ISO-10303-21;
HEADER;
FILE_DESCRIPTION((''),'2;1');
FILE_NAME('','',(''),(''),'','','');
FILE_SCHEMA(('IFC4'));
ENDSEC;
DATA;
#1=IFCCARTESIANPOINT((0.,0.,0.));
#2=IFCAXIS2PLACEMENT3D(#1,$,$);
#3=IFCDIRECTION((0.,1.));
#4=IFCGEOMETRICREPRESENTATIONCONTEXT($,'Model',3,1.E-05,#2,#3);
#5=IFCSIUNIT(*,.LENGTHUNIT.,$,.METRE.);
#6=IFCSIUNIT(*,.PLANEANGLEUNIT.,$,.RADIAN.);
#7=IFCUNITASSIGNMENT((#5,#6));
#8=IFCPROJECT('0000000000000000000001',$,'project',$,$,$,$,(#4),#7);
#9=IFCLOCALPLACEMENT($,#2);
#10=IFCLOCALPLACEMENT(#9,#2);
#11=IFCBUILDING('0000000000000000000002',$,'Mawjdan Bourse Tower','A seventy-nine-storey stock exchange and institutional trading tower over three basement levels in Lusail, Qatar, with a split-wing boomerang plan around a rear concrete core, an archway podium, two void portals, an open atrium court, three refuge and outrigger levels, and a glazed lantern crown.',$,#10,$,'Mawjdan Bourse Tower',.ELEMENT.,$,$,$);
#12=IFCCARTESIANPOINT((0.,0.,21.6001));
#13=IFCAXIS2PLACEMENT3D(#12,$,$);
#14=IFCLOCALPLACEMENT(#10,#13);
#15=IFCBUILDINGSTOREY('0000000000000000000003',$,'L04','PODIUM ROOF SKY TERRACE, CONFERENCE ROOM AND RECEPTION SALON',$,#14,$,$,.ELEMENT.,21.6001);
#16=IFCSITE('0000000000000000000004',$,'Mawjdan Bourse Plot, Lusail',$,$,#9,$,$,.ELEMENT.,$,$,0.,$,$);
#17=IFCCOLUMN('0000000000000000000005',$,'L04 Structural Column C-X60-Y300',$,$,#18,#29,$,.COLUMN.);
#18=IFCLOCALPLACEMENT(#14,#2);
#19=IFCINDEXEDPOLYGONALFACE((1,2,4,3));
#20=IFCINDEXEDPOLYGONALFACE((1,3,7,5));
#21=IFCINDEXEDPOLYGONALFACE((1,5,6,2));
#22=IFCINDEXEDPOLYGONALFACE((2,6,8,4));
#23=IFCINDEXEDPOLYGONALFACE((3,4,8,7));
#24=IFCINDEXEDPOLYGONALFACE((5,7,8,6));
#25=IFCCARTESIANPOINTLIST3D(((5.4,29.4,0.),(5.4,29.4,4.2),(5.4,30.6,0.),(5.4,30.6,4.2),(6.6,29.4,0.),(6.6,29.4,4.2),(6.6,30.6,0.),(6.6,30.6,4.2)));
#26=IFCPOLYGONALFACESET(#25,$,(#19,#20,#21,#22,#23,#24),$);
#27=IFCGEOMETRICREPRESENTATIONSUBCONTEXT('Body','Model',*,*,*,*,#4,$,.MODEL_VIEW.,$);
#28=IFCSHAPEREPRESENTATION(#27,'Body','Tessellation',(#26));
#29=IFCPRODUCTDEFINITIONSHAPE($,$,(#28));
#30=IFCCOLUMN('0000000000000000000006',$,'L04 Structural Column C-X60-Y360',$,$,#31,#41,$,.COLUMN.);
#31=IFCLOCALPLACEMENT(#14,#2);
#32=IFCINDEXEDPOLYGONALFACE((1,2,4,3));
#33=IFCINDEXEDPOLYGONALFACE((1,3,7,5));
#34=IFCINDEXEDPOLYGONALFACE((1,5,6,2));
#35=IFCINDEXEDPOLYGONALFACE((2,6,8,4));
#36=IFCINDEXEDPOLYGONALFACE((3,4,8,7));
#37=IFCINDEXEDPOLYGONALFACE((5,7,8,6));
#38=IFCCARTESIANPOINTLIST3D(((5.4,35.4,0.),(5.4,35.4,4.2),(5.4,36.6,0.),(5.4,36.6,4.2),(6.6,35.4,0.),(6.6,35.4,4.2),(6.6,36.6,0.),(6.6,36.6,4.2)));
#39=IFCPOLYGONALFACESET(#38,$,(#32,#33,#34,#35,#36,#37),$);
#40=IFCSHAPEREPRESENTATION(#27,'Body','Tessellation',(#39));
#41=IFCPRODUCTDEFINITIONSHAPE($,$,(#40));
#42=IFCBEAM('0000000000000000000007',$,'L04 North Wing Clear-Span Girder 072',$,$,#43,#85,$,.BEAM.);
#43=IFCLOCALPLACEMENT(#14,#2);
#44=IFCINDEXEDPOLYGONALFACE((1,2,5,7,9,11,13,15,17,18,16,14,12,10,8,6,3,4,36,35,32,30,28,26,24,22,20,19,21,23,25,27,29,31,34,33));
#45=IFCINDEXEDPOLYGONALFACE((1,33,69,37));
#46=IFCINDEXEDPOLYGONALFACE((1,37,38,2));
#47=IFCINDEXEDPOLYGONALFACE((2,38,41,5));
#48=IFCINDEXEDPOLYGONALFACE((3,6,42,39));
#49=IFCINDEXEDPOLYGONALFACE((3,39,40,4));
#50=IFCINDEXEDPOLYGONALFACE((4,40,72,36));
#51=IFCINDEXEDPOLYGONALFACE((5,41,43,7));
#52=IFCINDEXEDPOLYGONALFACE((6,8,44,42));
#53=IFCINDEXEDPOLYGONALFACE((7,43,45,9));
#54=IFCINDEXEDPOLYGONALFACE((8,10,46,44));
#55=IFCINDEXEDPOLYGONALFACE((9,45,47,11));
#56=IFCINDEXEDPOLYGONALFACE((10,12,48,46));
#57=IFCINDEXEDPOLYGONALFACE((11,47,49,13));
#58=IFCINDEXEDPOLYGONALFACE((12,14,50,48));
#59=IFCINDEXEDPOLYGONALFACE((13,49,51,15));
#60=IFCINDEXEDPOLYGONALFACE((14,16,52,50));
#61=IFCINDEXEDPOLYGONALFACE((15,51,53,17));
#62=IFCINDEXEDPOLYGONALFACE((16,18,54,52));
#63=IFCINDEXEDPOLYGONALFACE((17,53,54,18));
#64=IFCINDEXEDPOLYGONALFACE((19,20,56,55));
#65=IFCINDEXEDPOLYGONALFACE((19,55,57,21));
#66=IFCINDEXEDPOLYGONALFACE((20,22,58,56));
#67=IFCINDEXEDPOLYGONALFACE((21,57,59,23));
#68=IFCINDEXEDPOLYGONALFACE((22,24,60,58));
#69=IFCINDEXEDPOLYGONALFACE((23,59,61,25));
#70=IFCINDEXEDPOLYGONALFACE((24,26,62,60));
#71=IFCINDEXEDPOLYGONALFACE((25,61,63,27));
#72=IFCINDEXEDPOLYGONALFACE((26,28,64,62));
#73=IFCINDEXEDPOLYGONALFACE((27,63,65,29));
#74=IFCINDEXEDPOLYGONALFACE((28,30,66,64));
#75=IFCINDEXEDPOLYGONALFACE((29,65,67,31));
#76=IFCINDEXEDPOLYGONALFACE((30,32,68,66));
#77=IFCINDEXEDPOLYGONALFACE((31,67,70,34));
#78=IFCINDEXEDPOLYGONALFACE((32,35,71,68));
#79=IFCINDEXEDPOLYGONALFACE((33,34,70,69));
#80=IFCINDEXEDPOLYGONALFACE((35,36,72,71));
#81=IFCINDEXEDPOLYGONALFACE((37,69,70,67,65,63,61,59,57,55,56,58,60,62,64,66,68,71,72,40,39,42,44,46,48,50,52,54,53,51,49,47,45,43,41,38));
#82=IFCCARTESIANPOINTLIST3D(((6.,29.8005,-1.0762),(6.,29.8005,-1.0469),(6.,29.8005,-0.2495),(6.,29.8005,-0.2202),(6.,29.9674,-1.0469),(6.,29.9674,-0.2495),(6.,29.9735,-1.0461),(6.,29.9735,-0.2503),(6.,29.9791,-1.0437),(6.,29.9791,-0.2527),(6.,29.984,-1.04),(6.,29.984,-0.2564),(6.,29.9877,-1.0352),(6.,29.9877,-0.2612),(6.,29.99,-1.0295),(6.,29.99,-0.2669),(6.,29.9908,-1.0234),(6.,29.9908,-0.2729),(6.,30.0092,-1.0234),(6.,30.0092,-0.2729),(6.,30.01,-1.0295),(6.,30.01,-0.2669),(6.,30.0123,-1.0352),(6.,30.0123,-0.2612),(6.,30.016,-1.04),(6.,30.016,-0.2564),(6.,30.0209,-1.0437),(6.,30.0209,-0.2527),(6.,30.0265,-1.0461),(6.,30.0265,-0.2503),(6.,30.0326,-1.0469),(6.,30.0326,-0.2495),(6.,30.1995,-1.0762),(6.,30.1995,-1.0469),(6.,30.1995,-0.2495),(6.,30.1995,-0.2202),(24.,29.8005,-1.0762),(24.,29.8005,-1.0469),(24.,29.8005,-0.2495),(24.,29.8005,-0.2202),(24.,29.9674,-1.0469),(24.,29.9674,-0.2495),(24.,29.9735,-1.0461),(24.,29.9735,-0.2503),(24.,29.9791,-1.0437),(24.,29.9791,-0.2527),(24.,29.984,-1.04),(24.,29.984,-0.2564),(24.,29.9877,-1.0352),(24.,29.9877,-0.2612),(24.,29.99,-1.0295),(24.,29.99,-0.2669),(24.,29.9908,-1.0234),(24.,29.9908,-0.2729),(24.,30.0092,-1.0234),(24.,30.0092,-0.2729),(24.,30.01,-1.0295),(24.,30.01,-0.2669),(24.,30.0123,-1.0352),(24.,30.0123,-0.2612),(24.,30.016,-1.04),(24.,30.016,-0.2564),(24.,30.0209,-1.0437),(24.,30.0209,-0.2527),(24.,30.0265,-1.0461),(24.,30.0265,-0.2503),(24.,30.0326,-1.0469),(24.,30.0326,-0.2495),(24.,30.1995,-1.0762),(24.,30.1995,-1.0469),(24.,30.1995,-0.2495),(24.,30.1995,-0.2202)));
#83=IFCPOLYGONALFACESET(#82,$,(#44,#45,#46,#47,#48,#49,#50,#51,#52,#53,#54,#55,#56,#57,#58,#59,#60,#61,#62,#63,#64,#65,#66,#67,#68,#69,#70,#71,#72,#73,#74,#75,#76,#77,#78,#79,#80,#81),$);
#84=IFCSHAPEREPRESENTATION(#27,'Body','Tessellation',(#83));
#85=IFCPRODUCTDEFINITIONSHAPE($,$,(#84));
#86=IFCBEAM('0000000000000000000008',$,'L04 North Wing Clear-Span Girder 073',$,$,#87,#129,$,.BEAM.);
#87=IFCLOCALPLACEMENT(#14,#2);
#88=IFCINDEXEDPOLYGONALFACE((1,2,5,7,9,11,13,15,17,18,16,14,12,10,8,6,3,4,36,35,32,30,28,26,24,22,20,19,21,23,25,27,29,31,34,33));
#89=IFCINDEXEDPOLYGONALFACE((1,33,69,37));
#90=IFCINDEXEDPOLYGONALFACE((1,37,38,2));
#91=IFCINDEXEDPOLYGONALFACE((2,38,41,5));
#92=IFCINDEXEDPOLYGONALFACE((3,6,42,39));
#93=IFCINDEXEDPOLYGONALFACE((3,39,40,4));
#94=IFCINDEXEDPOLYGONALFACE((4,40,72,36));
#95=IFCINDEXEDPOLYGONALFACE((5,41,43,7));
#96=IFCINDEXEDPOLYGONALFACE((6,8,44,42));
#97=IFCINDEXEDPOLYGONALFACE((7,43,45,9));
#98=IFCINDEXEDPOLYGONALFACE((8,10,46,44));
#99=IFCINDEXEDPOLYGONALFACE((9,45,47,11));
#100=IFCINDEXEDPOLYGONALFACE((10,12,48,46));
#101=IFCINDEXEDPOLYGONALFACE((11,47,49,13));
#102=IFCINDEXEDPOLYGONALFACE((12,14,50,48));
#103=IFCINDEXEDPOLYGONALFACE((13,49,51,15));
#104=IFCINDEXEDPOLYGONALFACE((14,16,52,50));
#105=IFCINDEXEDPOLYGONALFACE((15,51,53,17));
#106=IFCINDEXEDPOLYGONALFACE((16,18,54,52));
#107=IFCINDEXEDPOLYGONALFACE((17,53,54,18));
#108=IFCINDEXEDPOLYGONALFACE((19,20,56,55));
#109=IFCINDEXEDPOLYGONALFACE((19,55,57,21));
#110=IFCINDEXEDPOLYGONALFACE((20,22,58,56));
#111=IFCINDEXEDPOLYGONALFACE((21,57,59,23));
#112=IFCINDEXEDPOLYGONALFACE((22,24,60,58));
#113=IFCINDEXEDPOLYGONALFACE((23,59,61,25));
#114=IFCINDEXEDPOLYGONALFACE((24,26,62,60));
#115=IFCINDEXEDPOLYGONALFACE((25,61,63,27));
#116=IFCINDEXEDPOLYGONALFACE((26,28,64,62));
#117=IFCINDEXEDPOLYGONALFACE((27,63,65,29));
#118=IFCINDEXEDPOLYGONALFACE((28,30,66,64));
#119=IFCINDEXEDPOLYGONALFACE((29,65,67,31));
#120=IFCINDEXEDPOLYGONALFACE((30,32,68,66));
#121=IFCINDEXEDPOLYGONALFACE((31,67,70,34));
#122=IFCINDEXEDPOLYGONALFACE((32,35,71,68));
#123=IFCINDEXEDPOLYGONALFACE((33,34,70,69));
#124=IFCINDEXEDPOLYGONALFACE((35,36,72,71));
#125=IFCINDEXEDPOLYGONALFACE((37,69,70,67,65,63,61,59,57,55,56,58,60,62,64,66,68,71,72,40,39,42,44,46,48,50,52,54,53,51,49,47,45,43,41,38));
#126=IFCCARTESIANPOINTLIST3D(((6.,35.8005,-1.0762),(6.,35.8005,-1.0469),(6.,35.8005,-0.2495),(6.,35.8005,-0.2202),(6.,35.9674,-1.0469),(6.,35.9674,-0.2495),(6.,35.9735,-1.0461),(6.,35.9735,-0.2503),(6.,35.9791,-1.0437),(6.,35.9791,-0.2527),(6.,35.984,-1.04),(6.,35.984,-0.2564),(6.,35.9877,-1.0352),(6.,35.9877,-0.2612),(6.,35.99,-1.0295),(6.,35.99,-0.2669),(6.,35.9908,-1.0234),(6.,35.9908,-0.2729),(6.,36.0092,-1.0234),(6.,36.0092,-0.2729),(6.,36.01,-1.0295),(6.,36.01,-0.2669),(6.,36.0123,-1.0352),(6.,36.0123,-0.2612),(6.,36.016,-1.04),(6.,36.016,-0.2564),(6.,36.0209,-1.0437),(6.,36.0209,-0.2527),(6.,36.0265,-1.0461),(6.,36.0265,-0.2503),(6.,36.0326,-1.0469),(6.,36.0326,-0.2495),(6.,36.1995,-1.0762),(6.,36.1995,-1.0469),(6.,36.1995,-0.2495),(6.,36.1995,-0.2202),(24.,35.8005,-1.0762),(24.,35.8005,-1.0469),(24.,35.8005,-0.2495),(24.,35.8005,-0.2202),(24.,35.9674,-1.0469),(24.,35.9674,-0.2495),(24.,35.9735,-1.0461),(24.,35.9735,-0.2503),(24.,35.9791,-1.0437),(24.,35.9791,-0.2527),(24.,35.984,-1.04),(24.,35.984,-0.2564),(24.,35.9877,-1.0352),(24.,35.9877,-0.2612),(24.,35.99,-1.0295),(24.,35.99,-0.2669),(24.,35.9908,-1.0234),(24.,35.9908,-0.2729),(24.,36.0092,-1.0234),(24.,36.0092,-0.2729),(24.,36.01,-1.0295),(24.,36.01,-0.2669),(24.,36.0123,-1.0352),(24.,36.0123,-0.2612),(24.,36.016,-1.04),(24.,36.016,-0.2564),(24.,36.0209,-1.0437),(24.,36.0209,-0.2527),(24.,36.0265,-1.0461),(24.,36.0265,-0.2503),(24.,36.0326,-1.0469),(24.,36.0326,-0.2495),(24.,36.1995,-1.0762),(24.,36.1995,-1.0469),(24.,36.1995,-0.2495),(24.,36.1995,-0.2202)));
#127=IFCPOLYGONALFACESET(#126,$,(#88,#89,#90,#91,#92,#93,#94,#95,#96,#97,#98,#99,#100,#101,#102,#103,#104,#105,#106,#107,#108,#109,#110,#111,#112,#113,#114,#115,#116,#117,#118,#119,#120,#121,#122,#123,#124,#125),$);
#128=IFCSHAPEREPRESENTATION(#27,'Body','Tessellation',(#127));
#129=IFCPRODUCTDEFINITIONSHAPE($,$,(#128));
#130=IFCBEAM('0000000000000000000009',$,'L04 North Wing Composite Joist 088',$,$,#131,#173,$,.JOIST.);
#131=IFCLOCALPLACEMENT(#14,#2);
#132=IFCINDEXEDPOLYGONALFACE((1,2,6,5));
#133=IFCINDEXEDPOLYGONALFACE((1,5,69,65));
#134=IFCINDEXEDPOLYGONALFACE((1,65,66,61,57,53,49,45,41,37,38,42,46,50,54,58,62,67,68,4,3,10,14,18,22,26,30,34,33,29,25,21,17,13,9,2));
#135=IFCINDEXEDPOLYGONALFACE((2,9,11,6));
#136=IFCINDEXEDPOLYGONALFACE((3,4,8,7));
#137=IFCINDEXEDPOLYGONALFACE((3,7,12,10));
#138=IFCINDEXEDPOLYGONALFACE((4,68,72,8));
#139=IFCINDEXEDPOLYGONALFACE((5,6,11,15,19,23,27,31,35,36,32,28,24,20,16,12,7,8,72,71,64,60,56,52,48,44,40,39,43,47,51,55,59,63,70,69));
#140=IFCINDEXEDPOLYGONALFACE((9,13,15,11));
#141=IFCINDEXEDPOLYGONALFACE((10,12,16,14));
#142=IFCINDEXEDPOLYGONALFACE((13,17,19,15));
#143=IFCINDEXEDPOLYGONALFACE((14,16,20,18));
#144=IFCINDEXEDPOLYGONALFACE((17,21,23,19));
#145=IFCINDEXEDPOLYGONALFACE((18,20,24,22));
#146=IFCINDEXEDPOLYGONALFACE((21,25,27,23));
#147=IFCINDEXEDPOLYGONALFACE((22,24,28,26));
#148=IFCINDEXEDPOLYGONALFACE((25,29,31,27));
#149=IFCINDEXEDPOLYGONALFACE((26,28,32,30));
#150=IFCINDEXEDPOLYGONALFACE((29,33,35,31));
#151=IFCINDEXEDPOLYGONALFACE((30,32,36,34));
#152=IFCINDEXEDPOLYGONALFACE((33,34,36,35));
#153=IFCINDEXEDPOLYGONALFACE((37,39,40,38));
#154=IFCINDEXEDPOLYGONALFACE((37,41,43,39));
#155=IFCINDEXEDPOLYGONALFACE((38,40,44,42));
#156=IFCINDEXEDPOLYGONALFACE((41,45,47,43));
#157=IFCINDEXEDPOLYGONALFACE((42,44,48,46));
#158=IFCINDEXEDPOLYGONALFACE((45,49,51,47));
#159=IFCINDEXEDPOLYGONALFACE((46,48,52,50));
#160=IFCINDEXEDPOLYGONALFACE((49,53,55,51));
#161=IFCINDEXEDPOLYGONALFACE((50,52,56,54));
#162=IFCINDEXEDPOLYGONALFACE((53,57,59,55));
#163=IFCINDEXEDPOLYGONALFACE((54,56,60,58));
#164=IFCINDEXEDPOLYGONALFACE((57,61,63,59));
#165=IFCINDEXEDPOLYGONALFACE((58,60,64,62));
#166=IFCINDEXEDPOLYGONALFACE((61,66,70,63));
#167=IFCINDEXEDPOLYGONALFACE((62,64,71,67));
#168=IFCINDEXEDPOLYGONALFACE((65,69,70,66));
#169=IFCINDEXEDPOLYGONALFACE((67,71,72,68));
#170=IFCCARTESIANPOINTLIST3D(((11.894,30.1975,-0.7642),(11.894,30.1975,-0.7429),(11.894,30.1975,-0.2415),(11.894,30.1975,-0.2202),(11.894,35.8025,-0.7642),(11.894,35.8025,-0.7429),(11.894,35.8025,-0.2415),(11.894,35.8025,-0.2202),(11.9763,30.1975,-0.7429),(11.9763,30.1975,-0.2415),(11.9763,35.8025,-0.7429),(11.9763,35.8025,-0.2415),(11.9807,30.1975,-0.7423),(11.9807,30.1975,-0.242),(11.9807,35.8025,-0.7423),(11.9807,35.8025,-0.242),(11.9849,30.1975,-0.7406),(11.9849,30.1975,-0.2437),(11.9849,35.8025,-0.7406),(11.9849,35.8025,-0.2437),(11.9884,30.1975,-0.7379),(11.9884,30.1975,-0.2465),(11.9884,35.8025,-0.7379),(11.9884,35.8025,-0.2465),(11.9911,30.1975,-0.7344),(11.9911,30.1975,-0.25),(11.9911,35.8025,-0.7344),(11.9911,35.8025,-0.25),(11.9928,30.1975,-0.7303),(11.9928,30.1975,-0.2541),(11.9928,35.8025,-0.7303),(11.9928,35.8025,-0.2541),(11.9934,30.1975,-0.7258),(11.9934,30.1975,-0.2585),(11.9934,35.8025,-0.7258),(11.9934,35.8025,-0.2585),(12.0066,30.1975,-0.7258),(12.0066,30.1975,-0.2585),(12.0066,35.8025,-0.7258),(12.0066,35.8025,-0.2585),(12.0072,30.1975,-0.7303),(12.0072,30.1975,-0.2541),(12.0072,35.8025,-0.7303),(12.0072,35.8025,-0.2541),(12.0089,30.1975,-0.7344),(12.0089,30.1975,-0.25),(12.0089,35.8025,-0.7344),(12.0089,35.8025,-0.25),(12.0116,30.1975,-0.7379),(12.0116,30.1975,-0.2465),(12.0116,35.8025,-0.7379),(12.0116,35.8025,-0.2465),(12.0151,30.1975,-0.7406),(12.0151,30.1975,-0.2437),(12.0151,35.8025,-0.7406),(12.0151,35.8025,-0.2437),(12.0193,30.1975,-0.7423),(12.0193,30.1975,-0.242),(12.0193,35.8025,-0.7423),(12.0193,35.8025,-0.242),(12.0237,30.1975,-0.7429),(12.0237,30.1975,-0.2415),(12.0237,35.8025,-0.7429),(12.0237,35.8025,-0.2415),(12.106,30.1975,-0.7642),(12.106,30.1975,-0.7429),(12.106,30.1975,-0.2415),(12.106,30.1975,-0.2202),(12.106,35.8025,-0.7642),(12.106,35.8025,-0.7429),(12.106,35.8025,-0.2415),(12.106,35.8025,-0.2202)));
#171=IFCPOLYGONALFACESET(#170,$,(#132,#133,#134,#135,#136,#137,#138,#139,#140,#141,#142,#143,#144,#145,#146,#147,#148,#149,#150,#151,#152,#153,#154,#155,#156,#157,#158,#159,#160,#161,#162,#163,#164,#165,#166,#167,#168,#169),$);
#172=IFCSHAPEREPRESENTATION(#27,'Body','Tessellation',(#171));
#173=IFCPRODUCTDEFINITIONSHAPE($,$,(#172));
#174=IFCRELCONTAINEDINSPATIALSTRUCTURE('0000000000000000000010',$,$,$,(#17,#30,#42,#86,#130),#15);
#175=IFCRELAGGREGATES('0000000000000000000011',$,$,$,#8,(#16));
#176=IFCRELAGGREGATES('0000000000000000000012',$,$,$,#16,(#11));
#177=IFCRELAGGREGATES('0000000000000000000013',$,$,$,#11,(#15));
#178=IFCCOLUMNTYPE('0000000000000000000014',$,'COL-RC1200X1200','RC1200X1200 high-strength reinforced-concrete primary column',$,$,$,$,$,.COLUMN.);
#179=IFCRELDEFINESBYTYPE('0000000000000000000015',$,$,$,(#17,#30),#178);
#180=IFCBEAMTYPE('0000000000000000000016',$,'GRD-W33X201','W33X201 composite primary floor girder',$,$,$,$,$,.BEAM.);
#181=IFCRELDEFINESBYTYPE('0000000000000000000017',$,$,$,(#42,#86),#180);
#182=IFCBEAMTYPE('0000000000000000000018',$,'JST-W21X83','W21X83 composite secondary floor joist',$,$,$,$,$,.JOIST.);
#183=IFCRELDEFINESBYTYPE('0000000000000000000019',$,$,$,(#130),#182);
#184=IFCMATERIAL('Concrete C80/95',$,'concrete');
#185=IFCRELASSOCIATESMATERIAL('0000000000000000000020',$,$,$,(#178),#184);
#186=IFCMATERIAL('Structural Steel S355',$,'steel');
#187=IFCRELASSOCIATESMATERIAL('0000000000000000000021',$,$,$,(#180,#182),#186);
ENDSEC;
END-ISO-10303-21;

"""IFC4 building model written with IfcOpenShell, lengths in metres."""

from ifc_helpers import new_model, si_unit, direction, frame, origin, origin_2d, place, context, subcontext, project, spatial, rectangle, i_section, extrude, material, material_profile, profile_set, type_object, element, save


model = new_model("IFC4")

# Units and contexts
model_context = context("Model", 3, precision=1e-05, world=origin(), true_north=direction((0.0, 1.0)))
body_context = subcontext(model_context, "Body", "Model", "MODEL_VIEW")
ifc_project = project(units=[si_unit("LENGTHUNIT", "METRE"), si_unit("PLANEANGLEUNIT", "RADIAN")], contexts=[model_context])

# Site, building, storey
site_placement = place(None, origin())
site = spatial("IfcSite", under=ifc_project, at=site_placement, Name="Mawjdan Bourse Plot, Lusail", CompositionType="ELEMENT", RefElevation=0.0)
building_placement = place(site_placement, origin())
building = spatial("IfcBuilding", under=site, at=building_placement, Name="Mawjdan Bourse Tower", Description="A seventy-nine-storey stock exchange and institutional trading tower over three basement levels in Lusail, Qatar, with a split-wing boomerang plan around a rear concrete core, an archway podium, two void portals, an open atrium court, three refuge and outrigger levels, and a glazed lantern crown.", LongName="Mawjdan Bourse Tower", CompositionType="ELEMENT")
storey_placement = place(building_placement, frame((0.0, 0.0, 21.6001)))
storey = spatial("IfcBuildingStorey", under=building, at=storey_placement, Name="L04", Description="PODIUM ROOF SKY TERRACE, CONFERENCE ROOM AND RECEPTION SALON", CompositionType="ELEMENT", Elevation=21.6001)

# Columns
ifc_material_1 = material(Name="Concrete C80/95", Category="concrete")
ifc_material_profile_1 = material_profile(ifc_material_1, rectangle(XDim=1.2, YDim=1.2, at=origin_2d()), Name="RC1200X1200")
ifc_profile_set_1 = profile_set([ifc_material_profile_1], Name="Concrete C80/95")
column_type = type_object("IfcColumnType", Name="COL-RC1200X1200", Description="RC1200X1200 high-strength reinforced-concrete primary column", PredefinedType="COLUMN", material=ifc_profile_set_1)
for number, where, z_axis, x_axis, name in (
    (1, (6.0, 30.0, 0.0), (0.0, 0.0, 1.0), (1.0, 0.0, 0.0), "L04 Structural Column C-X60-Y300"),
    (2, (6.0, 36.0, 0.0), (0.0, 0.0, 1.0), (1.0, 0.0, 0.0), "L04 Structural Column C-X60-Y360"),
):
    element("IfcColumn", number, at=place(storey_placement, frame(where, z_axis=z_axis, x_axis=x_axis)), inside=storey, type_object=column_type, Name=name, PredefinedType="COLUMN", context=body_context, shape_type="SweptSolid", body=[
        extrude(rectangle(XDim=1.2, YDim=1.2, at=origin_2d()), origin(), (0.0, 0.0, 1.0), 4.2),
    ])

# Beams
ifc_material_2 = material(Name="Structural Steel S355", Category="steel")
ifc_material_profile_2 = material_profile(ifc_material_2, i_section(OverallWidth=0.3989, OverallDepth=0.856, WebThickness=0.0183, FlangeThickness=0.0293, FilletRadius=0.0234, at=origin_2d()), Name="W33X201")
ifc_profile_set_2 = profile_set([ifc_material_profile_2], Name="Structural Steel S355")
beam_type_1 = type_object("IfcBeamType", Name="GRD-W33X201", Description="W33X201 composite primary floor girder", PredefinedType="BEAM", material=ifc_profile_set_2)
for number, where, z_axis, x_axis, name in (
    (3, (6.0, 30.0, -0.6482), (1.0, 0.0, 0.0), (0.0, 1.0, 0.0), "L04 North Wing Clear-Span Girder 072"),
    (4, (6.0, 36.0, -0.6482), (1.0, 0.0, 0.0), (0.0, 1.0, 0.0), "L04 North Wing Clear-Span Girder 073"),
):
    element("IfcBeam", number, at=place(storey_placement, frame(where, z_axis=z_axis, x_axis=x_axis)), inside=storey, type_object=beam_type_1, Name=name, PredefinedType="BEAM", context=body_context, shape_type="SweptSolid", body=[
        extrude(i_section(OverallWidth=0.3989, OverallDepth=0.856, WebThickness=0.0183, FlangeThickness=0.0293, FilletRadius=0.0234, at=origin_2d()), origin(), (0.0, 0.0, 1.0), 18.0),
    ])
ifc_material_profile_3 = material_profile(ifc_material_2, i_section(OverallWidth=0.2119, OverallDepth=0.5439, WebThickness=0.0132, FlangeThickness=0.0212, FilletRadius=0.0171, at=origin_2d()), Name="W21X83")
ifc_profile_set_3 = profile_set([ifc_material_profile_3], Name="Structural Steel S355")
beam_type_2 = type_object("IfcBeamType", Name="JST-W21X83", Description="W21X83 composite secondary floor joist", PredefinedType="JOIST", material=ifc_profile_set_3)
beam_1_placement = place(storey_placement, frame((12.0, 30.1975, -0.4922), z_axis=(0.0, 1.0, 0.0), x_axis=(-1.0, 0.0, 0.0)))
element("IfcBeam", 5, at=beam_1_placement, inside=storey, type_object=beam_type_2, Name="L04 North Wing Composite Joist 088", PredefinedType="JOIST", context=body_context, shape_type="SweptSolid", body=[
    extrude(i_section(OverallWidth=0.2119, OverallDepth=0.5439, WebThickness=0.0132, FlangeThickness=0.0212, FilletRadius=0.0171, at=origin_2d()), origin(), (0.0, 0.0, 1.0), 5.605),
])

save(model, "model.ifc")
